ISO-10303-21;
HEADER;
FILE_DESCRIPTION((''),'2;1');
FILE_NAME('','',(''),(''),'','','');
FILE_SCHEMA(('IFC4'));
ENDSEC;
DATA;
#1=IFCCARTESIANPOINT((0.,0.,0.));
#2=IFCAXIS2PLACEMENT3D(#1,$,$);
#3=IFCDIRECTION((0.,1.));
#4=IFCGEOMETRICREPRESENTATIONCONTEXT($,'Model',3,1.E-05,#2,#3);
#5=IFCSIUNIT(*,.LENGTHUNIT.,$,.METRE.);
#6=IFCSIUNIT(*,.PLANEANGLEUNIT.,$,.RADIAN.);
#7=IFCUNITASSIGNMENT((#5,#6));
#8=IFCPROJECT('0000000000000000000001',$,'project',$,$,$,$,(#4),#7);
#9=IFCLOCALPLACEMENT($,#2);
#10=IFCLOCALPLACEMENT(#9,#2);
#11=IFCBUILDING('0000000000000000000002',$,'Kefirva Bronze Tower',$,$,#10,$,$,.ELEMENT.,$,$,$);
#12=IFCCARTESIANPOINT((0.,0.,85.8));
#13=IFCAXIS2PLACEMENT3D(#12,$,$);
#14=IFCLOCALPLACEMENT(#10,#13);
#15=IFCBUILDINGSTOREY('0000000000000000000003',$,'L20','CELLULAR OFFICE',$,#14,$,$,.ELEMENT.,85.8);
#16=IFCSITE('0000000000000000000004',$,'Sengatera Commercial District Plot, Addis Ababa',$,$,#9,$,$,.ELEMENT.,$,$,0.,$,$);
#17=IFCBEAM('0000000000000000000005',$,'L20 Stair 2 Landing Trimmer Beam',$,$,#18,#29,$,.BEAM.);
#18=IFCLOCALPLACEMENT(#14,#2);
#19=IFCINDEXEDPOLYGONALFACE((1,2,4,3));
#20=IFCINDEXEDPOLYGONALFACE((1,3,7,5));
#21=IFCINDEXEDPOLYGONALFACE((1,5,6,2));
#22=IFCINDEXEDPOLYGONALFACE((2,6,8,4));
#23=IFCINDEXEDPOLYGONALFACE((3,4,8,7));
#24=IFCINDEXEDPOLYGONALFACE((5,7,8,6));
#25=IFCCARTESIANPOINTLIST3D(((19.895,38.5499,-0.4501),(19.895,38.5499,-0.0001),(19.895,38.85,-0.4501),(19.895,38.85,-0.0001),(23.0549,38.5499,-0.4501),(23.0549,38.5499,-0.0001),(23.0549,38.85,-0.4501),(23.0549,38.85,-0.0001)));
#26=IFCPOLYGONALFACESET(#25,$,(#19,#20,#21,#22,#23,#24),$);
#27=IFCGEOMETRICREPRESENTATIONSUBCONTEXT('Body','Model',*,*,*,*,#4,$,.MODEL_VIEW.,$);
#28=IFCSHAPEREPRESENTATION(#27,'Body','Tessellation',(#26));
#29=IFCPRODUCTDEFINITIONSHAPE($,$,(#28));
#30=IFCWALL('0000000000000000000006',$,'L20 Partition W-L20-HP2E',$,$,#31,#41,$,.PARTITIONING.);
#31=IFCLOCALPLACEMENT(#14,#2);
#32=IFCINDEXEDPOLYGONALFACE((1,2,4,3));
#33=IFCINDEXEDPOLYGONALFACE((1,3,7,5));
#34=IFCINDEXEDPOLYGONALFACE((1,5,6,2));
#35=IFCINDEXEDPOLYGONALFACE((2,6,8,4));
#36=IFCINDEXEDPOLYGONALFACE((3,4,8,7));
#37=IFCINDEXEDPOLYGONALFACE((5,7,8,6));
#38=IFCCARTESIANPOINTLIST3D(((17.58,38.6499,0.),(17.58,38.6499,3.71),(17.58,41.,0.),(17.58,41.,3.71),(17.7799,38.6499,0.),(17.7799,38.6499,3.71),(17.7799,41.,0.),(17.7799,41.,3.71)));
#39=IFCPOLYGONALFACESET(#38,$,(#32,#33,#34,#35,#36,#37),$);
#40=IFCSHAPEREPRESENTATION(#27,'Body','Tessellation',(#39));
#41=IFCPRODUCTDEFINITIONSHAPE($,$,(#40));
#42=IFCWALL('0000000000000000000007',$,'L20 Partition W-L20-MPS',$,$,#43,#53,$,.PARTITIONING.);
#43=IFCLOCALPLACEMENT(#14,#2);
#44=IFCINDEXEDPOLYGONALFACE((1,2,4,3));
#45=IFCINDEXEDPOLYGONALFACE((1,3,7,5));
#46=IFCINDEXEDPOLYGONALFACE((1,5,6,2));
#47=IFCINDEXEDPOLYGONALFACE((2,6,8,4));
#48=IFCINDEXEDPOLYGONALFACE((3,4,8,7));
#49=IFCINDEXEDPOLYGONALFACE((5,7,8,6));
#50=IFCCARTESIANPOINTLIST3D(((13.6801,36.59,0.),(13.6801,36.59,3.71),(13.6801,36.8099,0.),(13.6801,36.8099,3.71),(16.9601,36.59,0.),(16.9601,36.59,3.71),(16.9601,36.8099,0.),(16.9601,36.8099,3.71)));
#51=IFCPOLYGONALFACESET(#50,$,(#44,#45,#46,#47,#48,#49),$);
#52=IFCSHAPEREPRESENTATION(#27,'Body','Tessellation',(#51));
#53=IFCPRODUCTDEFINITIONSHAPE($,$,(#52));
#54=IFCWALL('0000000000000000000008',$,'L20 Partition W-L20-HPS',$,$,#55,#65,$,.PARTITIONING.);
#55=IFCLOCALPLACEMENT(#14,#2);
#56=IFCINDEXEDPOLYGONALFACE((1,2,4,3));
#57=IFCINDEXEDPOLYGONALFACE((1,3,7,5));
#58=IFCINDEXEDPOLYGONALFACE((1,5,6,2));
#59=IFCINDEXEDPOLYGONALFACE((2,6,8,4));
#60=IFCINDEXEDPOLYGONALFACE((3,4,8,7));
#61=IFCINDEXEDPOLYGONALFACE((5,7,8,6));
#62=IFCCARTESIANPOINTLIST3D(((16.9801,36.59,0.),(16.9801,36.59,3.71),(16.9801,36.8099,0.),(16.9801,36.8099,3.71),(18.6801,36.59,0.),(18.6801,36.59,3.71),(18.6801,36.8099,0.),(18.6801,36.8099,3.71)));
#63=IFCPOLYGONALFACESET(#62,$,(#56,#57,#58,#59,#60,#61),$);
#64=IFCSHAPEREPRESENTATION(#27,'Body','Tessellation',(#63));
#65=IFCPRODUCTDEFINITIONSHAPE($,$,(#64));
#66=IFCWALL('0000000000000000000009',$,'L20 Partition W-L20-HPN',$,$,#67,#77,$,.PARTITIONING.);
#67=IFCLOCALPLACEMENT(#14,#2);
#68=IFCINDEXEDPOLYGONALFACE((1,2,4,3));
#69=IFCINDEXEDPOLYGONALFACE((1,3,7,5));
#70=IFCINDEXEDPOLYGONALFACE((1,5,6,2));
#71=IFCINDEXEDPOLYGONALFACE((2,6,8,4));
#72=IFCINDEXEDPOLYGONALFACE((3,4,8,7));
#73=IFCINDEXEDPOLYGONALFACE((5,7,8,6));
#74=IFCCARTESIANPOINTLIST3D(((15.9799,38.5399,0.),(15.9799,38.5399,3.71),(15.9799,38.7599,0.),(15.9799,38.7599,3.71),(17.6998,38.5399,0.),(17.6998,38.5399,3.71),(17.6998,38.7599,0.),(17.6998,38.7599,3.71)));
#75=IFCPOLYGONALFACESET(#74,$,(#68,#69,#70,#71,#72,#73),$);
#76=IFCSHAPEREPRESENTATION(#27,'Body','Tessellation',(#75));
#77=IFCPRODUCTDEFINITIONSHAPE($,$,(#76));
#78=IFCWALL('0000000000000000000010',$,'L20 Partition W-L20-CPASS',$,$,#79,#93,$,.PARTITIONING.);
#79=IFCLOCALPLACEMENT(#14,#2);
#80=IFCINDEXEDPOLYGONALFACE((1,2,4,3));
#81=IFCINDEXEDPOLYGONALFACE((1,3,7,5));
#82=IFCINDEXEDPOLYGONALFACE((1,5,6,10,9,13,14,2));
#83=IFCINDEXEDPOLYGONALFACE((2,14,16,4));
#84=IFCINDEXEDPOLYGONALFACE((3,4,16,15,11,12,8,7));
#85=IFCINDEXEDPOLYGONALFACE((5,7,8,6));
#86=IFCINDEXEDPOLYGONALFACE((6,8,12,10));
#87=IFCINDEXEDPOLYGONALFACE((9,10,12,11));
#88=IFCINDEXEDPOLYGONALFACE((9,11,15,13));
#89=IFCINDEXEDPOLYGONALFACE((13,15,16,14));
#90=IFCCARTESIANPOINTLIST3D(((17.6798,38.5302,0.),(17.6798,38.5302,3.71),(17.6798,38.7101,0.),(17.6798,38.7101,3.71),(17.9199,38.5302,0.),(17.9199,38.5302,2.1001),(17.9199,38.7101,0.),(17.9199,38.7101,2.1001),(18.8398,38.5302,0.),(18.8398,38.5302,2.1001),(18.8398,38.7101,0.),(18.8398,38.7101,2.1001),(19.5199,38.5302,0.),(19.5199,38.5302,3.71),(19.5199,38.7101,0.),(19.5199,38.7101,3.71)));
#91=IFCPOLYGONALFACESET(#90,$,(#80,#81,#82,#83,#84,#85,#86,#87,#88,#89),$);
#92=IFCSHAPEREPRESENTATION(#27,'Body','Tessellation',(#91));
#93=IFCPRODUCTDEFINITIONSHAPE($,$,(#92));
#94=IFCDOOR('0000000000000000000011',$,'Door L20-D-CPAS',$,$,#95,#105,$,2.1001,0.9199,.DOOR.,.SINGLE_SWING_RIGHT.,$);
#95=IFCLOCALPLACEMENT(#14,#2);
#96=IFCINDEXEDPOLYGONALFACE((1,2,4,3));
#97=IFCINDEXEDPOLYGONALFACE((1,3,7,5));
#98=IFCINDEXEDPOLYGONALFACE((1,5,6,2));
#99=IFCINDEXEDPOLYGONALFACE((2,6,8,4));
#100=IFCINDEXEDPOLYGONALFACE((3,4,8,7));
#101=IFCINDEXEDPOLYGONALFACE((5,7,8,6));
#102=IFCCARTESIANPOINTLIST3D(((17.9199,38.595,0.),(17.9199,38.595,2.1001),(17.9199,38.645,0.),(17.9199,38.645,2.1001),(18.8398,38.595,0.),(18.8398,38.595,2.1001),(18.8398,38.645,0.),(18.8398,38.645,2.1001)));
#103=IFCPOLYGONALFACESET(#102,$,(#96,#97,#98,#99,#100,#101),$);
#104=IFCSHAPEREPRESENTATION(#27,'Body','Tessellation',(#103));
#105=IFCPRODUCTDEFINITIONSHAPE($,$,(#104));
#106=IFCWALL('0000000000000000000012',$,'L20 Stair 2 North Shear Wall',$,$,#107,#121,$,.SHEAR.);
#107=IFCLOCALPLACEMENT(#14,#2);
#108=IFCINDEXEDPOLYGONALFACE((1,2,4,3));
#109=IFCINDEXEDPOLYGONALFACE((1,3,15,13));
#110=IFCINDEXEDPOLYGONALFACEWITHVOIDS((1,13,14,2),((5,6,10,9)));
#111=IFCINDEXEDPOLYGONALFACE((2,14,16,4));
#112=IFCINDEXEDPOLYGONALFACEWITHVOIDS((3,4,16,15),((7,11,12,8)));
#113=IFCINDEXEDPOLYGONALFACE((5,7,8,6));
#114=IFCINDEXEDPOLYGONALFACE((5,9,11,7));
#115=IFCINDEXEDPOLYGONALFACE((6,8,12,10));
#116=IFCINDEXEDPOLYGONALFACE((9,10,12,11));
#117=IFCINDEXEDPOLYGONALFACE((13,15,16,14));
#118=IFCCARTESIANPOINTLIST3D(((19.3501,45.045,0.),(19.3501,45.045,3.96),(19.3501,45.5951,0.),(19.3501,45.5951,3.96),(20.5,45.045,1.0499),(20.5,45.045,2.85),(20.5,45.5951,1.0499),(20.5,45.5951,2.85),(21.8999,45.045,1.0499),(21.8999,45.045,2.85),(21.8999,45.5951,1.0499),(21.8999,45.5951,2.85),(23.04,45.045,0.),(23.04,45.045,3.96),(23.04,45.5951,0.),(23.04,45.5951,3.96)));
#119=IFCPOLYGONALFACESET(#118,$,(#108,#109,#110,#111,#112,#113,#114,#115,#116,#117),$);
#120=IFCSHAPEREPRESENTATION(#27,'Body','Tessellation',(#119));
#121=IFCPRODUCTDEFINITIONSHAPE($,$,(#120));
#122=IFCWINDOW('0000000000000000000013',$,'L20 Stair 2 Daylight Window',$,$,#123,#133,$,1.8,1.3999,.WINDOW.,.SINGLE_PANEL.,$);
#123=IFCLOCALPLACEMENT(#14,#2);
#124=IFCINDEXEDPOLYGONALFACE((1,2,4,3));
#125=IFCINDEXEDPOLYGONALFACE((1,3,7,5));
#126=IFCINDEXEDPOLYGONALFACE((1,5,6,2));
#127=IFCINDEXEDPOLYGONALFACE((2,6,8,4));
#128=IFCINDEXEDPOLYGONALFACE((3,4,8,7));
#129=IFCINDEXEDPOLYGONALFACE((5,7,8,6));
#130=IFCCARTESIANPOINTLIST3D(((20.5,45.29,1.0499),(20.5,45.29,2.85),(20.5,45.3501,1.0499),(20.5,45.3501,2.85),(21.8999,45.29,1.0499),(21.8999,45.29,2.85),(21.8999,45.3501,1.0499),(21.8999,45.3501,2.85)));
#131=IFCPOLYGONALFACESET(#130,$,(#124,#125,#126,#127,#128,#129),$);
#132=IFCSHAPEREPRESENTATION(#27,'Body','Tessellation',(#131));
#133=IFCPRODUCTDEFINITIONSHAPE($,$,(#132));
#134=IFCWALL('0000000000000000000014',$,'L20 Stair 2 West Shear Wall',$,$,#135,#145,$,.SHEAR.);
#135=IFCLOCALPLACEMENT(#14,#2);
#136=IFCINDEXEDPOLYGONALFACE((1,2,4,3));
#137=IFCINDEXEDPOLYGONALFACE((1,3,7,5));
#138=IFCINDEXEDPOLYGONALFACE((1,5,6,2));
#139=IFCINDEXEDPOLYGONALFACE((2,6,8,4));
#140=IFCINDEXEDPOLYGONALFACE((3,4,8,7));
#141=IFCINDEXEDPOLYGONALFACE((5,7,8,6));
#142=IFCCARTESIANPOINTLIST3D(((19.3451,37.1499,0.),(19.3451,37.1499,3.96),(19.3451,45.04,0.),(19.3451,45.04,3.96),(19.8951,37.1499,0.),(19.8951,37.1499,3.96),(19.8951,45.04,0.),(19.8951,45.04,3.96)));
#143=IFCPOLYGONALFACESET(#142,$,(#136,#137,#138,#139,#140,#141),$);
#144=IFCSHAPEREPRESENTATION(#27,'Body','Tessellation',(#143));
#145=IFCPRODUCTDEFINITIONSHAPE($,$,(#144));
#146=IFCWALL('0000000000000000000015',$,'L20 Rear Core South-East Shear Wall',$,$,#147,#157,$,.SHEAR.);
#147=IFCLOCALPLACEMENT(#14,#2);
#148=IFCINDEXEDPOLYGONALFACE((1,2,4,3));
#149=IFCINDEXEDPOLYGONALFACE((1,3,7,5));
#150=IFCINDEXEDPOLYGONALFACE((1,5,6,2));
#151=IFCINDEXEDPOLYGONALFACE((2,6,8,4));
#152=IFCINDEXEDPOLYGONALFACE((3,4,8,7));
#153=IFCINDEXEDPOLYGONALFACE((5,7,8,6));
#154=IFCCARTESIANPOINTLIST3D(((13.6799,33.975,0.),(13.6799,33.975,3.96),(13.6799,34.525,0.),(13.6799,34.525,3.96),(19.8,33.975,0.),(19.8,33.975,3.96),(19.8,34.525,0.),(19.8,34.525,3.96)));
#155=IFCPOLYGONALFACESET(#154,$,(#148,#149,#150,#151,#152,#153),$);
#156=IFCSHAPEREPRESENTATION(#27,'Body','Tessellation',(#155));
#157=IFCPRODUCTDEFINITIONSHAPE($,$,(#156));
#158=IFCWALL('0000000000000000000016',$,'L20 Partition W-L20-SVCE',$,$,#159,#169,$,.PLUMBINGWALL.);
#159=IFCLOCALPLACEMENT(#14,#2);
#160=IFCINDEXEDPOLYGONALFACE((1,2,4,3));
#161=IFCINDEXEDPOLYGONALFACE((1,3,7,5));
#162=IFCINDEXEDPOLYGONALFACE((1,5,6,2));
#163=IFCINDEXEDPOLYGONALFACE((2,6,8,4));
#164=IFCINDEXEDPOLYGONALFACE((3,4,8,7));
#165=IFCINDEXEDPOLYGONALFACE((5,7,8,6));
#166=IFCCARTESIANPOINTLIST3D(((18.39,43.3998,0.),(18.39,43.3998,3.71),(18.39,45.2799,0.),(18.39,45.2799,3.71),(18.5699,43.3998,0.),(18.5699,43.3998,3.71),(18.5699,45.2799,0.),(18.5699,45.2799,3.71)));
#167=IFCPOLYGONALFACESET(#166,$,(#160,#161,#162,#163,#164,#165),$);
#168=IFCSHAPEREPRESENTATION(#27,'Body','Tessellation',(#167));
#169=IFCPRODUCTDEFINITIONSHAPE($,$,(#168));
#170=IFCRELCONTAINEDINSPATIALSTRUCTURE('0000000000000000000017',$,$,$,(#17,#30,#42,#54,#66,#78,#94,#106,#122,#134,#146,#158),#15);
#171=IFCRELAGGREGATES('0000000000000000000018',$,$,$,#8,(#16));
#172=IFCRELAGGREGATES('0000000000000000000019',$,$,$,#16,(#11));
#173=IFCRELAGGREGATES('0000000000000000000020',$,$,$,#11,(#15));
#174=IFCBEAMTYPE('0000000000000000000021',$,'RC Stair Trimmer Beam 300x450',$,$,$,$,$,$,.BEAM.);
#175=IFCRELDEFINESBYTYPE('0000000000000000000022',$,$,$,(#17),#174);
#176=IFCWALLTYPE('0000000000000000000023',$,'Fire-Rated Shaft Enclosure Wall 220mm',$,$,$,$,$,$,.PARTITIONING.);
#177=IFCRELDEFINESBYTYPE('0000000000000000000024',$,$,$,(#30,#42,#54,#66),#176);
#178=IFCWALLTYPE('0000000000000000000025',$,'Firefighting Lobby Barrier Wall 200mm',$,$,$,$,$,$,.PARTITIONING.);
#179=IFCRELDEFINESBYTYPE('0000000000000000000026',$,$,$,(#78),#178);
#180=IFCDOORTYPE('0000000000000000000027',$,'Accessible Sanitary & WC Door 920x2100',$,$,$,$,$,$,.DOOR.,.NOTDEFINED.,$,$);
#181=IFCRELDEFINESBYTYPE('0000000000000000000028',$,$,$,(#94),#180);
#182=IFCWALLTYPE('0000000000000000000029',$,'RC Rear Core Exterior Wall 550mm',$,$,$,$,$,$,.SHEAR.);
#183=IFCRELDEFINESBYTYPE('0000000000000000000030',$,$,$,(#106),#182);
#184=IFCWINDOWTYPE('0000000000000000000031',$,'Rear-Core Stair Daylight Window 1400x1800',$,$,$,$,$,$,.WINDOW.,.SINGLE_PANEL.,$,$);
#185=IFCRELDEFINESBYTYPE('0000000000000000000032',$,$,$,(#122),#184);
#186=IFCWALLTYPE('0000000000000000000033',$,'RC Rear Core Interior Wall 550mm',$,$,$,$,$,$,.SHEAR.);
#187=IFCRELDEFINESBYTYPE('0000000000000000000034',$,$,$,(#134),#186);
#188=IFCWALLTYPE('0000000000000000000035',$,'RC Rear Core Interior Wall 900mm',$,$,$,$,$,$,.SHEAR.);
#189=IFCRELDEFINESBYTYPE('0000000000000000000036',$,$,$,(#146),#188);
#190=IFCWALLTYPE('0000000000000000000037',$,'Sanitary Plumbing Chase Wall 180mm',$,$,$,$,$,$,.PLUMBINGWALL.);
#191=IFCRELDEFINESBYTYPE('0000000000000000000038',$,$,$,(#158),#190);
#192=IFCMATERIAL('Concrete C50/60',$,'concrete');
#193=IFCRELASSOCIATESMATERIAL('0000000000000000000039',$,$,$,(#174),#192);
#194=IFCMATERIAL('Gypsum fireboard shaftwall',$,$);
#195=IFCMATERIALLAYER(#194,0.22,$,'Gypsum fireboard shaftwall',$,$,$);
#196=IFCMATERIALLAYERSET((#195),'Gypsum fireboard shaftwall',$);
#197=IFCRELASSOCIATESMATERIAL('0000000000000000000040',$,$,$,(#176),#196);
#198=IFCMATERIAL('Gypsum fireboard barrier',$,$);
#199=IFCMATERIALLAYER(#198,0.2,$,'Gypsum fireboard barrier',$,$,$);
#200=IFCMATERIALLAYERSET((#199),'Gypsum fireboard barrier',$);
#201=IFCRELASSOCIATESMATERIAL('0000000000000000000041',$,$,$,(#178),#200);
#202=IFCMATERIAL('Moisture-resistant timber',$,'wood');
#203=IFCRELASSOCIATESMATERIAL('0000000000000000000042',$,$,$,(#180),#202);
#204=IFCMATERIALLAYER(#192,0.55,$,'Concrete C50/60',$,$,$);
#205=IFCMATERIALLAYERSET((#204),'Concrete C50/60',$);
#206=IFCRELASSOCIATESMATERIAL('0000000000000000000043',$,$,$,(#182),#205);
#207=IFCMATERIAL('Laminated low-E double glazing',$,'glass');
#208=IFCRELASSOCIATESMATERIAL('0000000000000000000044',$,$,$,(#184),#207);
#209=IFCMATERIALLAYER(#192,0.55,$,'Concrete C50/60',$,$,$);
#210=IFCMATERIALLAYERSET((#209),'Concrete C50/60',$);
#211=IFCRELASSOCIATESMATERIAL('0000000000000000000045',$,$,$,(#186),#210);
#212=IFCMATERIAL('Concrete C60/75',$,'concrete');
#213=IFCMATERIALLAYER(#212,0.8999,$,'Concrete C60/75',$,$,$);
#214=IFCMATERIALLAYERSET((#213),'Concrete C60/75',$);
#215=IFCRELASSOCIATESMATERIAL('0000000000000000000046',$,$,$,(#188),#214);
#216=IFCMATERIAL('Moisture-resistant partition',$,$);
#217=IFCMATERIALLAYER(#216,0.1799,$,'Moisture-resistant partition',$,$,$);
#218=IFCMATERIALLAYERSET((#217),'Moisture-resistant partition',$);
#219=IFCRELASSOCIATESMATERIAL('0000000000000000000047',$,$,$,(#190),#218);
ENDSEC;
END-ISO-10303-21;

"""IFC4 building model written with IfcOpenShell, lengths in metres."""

from ifc_helpers import new_model, si_unit, direction, frame, frame_2d, origin, origin_2d, place, context, subcontext, project, spatial, rectangle, extrude, material, layer, layer_set, material_profile, profile_set, type_object, element, fill, save


model = new_model("IFC4")

# Units and contexts
model_context = context("Model", 3, precision=1e-05, world=origin(), true_north=direction((0.0, 1.0)))
body_context = subcontext(model_context, "Body", "Model", "MODEL_VIEW")
ifc_project = project(units=[si_unit("LENGTHUNIT", "METRE"), si_unit("PLANEANGLEUNIT", "RADIAN")], contexts=[model_context])

# Site, building, storey
site_placement = place(None, origin())
site = spatial("IfcSite", under=ifc_project, at=site_placement, Name="Sengatera Commercial District Plot, Addis Ababa", CompositionType="ELEMENT", RefElevation=0.0)
building_placement = place(site_placement, origin())
building = spatial("IfcBuilding", under=site, at=building_placement, Name="Kefirva Bronze Tower", CompositionType="ELEMENT")
storey_placement = place(building_placement, frame((0.0, 0.0, 85.8)))
storey = spatial("IfcBuildingStorey", under=building, at=storey_placement, Name="L20", Description="CELLULAR OFFICE", CompositionType="ELEMENT", Elevation=85.8)

# Beam
ifc_material_1 = material(Name="Concrete C50/60", Category="concrete")
ifc_material_profile = material_profile(ifc_material_1, rectangle(XDim=0.3, YDim=0.45, at=origin_2d()), Name="RC 300x450")
ifc_profile_set = profile_set([ifc_material_profile], Name="Concrete C50/60")
beam_type = type_object("IfcBeamType", Name="RC Stair Trimmer Beam 300x450", PredefinedType="BEAM", material=ifc_profile_set)
beam_placement = place(storey_placement, frame((19.895, 38.7, -0.2251), z_axis=(1.0, 0.0, 0.0), x_axis=(0.0, 1.0, 0.0)))
element("IfcBeam", 1, at=beam_placement, inside=storey, type_object=beam_type, Name="L20 Stair 2 Landing Trimmer Beam", PredefinedType="BEAM", context=body_context, shape_type="SweptSolid", body=[
    extrude(rectangle(XDim=0.3, YDim=0.45, at=origin_2d()), origin(), (0.0, 0.0, 1.0), 3.1599),
])

# Shared definitions
ifc_material_2 = material(Name="Gypsum fireboard shaftwall")
ifc_layer_1 = layer(ifc_material_2, 0.22, Name="Gypsum fireboard shaftwall")
ifc_layer_set_1 = layer_set([ifc_layer_1], Name="Gypsum fireboard shaftwall")
wall_type_1 = type_object("IfcWallType", Name="Fire-Rated Shaft Enclosure Wall 220mm", PredefinedType="PARTITIONING", material=ifc_layer_set_1)

# Walls
wall_1_placement = place(storey_placement, frame((17.6799, 38.6499, 0.0), z_axis=(0.0, 0.0, 1.0), x_axis=(0.0, 1.0, 0.0)))
element("IfcWall", 2, at=wall_1_placement, inside=storey, type_object=wall_type_1, Name="L20 Partition W-L20-HP2E", PredefinedType="PARTITIONING", context=body_context, shape_type="SweptSolid", body=[
    extrude(rectangle(XDim=2.3501, YDim=0.2, at=frame_2d((1.175, 0.0))), origin(), (0.0, 0.0, 1.0), 3.71),
])
wall_2_placement = place(storey_placement, frame((13.6799, 36.7, 0.0), z_axis=(0.0, 0.0, 1.0), x_axis=(1.0, 0.0, 0.0)))
element("IfcWall", 3, at=wall_2_placement, inside=storey, type_object=wall_type_1, Name="L20 Partition W-L20-MPS", PredefinedType="PARTITIONING", context=body_context, shape_type="SweptSolid", body=[
    extrude(rectangle(XDim=3.28, YDim=0.22, at=frame_2d((1.6401, 0.0))), origin(), (0.0, 0.0, 1.0), 3.71),
])
wall_3_placement = place(storey_placement, frame((16.98, 36.7, 0.0), z_axis=(0.0, 0.0, 1.0), x_axis=(1.0, 0.0, 0.0)))
element("IfcWall", 4, at=wall_3_placement, inside=storey, type_object=wall_type_1, Name="L20 Partition W-L20-HPS", PredefinedType="PARTITIONING", context=body_context, shape_type="SweptSolid", body=[
    extrude(rectangle(XDim=1.7, YDim=0.22, at=frame_2d((0.8501, 0.0))), origin(), (0.0, 0.0, 1.0), 3.71),
])
wall_4_placement = place(storey_placement, frame((15.98, 38.6499, 0.0), z_axis=(0.0, 0.0, 1.0), x_axis=(1.0, 0.0, 0.0)))
element("IfcWall", 5, at=wall_4_placement, inside=storey, type_object=wall_type_1, Name="L20 Partition W-L20-HPN", PredefinedType="PARTITIONING", context=body_context, shape_type="SweptSolid", body=[
    extrude(rectangle(XDim=1.72, YDim=0.22, at=frame_2d((0.8599, 0.0))), origin(), (0.0, 0.0, 1.0), 3.71),
])

# Wall, opening, door
ifc_material_3 = material(Name="Gypsum fireboard barrier")
ifc_layer_2 = layer(ifc_material_3, 0.2, Name="Gypsum fireboard barrier")
ifc_layer_set_2 = layer_set([ifc_layer_2], Name="Gypsum fireboard barrier")
wall_type_2 = type_object("IfcWallType", Name="Firefighting Lobby Barrier Wall 200mm", PredefinedType="PARTITIONING", material=ifc_layer_set_2)
wall_5_placement = place(storey_placement, frame((17.6799, 38.6201, 0.0), z_axis=(0.0, 0.0, 1.0), x_axis=(1.0, 0.0, 0.0)))
wall_5 = element("IfcWall", 6, at=wall_5_placement, inside=storey, type_object=wall_type_2, Name="L20 Partition W-L20-CPASS", PredefinedType="PARTITIONING", context=body_context, shape_type="SweptSolid", body=[
    extrude(rectangle(XDim=1.8401, YDim=0.1799, at=frame_2d((0.9199, 0.0))), origin(), (0.0, 0.0, 1.0), 3.71),
])
opening_1_placement = place(wall_5_placement, frame((0.24, 0.0, 0.0)))
opening_1 = element("IfcOpeningElement", 7, at=opening_1_placement, cuts=wall_5, PredefinedType="OPENING", context=body_context, shape_type="SweptSolid", body=[
    extrude(rectangle(XDim=0.9199, YDim=2.1001, at=frame_2d((0.46, 1.05))), frame((0.0, 0.1001, 0.0), z_axis=(0.0, -1.0, 0.0), x_axis=(1.0, 0.0, 0.0)), (0.0, 0.0, 1.0), 0.2),
])
ifc_material_4 = material(Name="Moisture-resistant timber", Category="wood")
door_type_1 = type_object("IfcDoorType", Name="Accessible Sanitary & WC Door 920x2100", OperationType="NOTDEFINED", PredefinedType="DOOR", material=ifc_material_4)
door_1_placement = place(opening_1_placement, origin())
door_1 = element("IfcDoor", 8, at=door_1_placement, inside=storey, type_object=door_type_1, Name="Door L20-D-CPAS", OperationType="SINGLE_SWING_RIGHT", OverallHeight=2.1001, OverallWidth=0.9199, PredefinedType="DOOR", context=body_context, shape_type="SweptSolid", body=[
    extrude(rectangle(XDim=0.9199, YDim=2.1001, at=frame_2d((0.46, 1.05))), frame((0.0, 0.0249, 0.0), z_axis=(0.0, -1.0, 0.0), x_axis=(1.0, 0.0, 0.0)), (0.0, 0.0, 1.0), 0.05),
])
fill(opening_1, door_1)

# Wall, opening, window
ifc_layer_3 = layer(ifc_material_1, 0.55, Name="Concrete C50/60")
ifc_layer_set_3 = layer_set([ifc_layer_3], Name="Concrete C50/60")
wall_type_3 = type_object("IfcWallType", Name="RC Rear Core Exterior Wall 550mm", PredefinedType="SHEAR", material=ifc_layer_set_3)
wall_6_placement = place(storey_placement, frame((19.3501, 45.3201, 0.0), z_axis=(0.0, 0.0, 1.0), x_axis=(1.0, 0.0, 0.0)))
wall_6 = element("IfcWall", 9, at=wall_6_placement, inside=storey, type_object=wall_type_3, Name="L20 Stair 2 North Shear Wall", PredefinedType="SHEAR", context=body_context, shape_type="SweptSolid", body=[
    extrude(rectangle(XDim=3.6899, YDim=0.55, at=frame_2d((1.845, 0.0))), origin(), (0.0, 0.0, 1.0), 3.96),
])
opening_2_placement = place(wall_6_placement, frame((1.1499, 0.0, 1.05)))
opening_2 = element("IfcOpeningElement", 10, at=opening_2_placement, cuts=wall_6, PredefinedType="OPENING", context=body_context, shape_type="SweptSolid", body=[
    extrude(rectangle(XDim=1.3999, YDim=1.8, at=frame_2d((0.7, 0.8999))), frame((0.0, 0.2852, 0.0), z_axis=(0.0, -1.0, 0.0), x_axis=(1.0, 0.0, 0.0)), (0.0, 0.0, 1.0), 0.5701),
])
ifc_material_5 = material(Name="Laminated low-E double glazing", Category="glass")
window_type = type_object("IfcWindowType", Name="Rear-Core Stair Daylight Window 1400x1800", PartitioningType="SINGLE_PANEL", PredefinedType="WINDOW", material=ifc_material_5)
window_placement = place(opening_2_placement, origin())
window = element("IfcWindow", 11, at=window_placement, inside=storey, type_object=window_type, Name="L20 Stair 2 Daylight Window", OverallHeight=1.8, OverallWidth=1.3999, PartitioningType="SINGLE_PANEL", PredefinedType="WINDOW", context=body_context, shape_type="SweptSolid", body=[
    extrude(rectangle(XDim=1.3999, YDim=1.8, at=frame_2d((0.7, 0.8999))), frame((0.0, 0.03, 0.0), z_axis=(0.0, -1.0, 0.0), x_axis=(1.0, 0.0, 0.0)), (0.0, 0.0, 1.0), 0.0601),
])
fill(opening_2, window)

# Walls
ifc_layer_4 = layer(ifc_material_1, 0.55, Name="Concrete C50/60")
ifc_layer_set_4 = layer_set([ifc_layer_4], Name="Concrete C50/60")
wall_type_4 = type_object("IfcWallType", Name="RC Rear Core Interior Wall 550mm", PredefinedType="SHEAR", material=ifc_layer_set_4)
wall_7_placement = place(storey_placement, frame((19.6201, 37.1499, 0.0), z_axis=(0.0, 0.0, 1.0), x_axis=(0.0, 1.0, 0.0)))
element("IfcWall", 12, at=wall_7_placement, inside=storey, type_object=wall_type_4, Name="L20 Stair 2 West Shear Wall", PredefinedType="SHEAR", context=body_context, shape_type="SweptSolid", body=[
    extrude(rectangle(XDim=7.8901, YDim=0.55, at=frame_2d((3.9451, 0.0))), origin(), (0.0, 0.0, 1.0), 3.96),
])
ifc_material_6 = material(Name="Concrete C60/75", Category="concrete")
ifc_layer_5 = layer(ifc_material_6, 0.8999, Name="Concrete C60/75")
ifc_layer_set_5 = layer_set([ifc_layer_5], Name="Concrete C60/75")
wall_type_5 = type_object("IfcWallType", Name="RC Rear Core Interior Wall 900mm", PredefinedType="SHEAR", material=ifc_layer_set_5)
wall_8_placement = place(storey_placement, frame((13.6799, 34.25, 0.0), z_axis=(0.0, 0.0, 1.0), x_axis=(1.0, 0.0, 0.0)))
element("IfcWall", 13, at=wall_8_placement, inside=storey, type_object=wall_type_5, Name="L20 Rear Core South-East Shear Wall", PredefinedType="SHEAR", context=body_context, shape_type="SweptSolid", body=[
    extrude(rectangle(XDim=6.1201, YDim=0.55, at=frame_2d((3.0601, 0.0))), origin(), (0.0, 0.0, 1.0), 3.96),
])
ifc_material_7 = material(Name="Moisture-resistant partition")
ifc_layer_6 = layer(ifc_material_7, 0.1799, Name="Moisture-resistant partition")
ifc_layer_set_6 = layer_set([ifc_layer_6], Name="Moisture-resistant partition")
wall_type_6 = type_object("IfcWallType", Name="Sanitary Plumbing Chase Wall 180mm", PredefinedType="PLUMBINGWALL", material=ifc_layer_set_6)
for number, where, z_axis, x_axis, name in (
    (14, (18.48, 43.3999, 0.0), (0.0, 0.0, 1.0), (0.0, 1.0, 0.0), "L20 Partition W-L20-SVCE"),
):
    element("IfcWall", number, at=place(storey_placement, frame(where, z_axis=z_axis, x_axis=x_axis)), inside=storey, type_object=wall_type_6, Name=name, PredefinedType="PLUMBINGWALL", context=body_context, shape_type="SweptSolid", body=[
        extrude(rectangle(XDim=1.8801, YDim=0.1799, at=frame_2d((0.9399, 0.0))), origin(), (0.0, 0.0, 1.0), 3.71),
    ])

save(model, "model.ifc")
